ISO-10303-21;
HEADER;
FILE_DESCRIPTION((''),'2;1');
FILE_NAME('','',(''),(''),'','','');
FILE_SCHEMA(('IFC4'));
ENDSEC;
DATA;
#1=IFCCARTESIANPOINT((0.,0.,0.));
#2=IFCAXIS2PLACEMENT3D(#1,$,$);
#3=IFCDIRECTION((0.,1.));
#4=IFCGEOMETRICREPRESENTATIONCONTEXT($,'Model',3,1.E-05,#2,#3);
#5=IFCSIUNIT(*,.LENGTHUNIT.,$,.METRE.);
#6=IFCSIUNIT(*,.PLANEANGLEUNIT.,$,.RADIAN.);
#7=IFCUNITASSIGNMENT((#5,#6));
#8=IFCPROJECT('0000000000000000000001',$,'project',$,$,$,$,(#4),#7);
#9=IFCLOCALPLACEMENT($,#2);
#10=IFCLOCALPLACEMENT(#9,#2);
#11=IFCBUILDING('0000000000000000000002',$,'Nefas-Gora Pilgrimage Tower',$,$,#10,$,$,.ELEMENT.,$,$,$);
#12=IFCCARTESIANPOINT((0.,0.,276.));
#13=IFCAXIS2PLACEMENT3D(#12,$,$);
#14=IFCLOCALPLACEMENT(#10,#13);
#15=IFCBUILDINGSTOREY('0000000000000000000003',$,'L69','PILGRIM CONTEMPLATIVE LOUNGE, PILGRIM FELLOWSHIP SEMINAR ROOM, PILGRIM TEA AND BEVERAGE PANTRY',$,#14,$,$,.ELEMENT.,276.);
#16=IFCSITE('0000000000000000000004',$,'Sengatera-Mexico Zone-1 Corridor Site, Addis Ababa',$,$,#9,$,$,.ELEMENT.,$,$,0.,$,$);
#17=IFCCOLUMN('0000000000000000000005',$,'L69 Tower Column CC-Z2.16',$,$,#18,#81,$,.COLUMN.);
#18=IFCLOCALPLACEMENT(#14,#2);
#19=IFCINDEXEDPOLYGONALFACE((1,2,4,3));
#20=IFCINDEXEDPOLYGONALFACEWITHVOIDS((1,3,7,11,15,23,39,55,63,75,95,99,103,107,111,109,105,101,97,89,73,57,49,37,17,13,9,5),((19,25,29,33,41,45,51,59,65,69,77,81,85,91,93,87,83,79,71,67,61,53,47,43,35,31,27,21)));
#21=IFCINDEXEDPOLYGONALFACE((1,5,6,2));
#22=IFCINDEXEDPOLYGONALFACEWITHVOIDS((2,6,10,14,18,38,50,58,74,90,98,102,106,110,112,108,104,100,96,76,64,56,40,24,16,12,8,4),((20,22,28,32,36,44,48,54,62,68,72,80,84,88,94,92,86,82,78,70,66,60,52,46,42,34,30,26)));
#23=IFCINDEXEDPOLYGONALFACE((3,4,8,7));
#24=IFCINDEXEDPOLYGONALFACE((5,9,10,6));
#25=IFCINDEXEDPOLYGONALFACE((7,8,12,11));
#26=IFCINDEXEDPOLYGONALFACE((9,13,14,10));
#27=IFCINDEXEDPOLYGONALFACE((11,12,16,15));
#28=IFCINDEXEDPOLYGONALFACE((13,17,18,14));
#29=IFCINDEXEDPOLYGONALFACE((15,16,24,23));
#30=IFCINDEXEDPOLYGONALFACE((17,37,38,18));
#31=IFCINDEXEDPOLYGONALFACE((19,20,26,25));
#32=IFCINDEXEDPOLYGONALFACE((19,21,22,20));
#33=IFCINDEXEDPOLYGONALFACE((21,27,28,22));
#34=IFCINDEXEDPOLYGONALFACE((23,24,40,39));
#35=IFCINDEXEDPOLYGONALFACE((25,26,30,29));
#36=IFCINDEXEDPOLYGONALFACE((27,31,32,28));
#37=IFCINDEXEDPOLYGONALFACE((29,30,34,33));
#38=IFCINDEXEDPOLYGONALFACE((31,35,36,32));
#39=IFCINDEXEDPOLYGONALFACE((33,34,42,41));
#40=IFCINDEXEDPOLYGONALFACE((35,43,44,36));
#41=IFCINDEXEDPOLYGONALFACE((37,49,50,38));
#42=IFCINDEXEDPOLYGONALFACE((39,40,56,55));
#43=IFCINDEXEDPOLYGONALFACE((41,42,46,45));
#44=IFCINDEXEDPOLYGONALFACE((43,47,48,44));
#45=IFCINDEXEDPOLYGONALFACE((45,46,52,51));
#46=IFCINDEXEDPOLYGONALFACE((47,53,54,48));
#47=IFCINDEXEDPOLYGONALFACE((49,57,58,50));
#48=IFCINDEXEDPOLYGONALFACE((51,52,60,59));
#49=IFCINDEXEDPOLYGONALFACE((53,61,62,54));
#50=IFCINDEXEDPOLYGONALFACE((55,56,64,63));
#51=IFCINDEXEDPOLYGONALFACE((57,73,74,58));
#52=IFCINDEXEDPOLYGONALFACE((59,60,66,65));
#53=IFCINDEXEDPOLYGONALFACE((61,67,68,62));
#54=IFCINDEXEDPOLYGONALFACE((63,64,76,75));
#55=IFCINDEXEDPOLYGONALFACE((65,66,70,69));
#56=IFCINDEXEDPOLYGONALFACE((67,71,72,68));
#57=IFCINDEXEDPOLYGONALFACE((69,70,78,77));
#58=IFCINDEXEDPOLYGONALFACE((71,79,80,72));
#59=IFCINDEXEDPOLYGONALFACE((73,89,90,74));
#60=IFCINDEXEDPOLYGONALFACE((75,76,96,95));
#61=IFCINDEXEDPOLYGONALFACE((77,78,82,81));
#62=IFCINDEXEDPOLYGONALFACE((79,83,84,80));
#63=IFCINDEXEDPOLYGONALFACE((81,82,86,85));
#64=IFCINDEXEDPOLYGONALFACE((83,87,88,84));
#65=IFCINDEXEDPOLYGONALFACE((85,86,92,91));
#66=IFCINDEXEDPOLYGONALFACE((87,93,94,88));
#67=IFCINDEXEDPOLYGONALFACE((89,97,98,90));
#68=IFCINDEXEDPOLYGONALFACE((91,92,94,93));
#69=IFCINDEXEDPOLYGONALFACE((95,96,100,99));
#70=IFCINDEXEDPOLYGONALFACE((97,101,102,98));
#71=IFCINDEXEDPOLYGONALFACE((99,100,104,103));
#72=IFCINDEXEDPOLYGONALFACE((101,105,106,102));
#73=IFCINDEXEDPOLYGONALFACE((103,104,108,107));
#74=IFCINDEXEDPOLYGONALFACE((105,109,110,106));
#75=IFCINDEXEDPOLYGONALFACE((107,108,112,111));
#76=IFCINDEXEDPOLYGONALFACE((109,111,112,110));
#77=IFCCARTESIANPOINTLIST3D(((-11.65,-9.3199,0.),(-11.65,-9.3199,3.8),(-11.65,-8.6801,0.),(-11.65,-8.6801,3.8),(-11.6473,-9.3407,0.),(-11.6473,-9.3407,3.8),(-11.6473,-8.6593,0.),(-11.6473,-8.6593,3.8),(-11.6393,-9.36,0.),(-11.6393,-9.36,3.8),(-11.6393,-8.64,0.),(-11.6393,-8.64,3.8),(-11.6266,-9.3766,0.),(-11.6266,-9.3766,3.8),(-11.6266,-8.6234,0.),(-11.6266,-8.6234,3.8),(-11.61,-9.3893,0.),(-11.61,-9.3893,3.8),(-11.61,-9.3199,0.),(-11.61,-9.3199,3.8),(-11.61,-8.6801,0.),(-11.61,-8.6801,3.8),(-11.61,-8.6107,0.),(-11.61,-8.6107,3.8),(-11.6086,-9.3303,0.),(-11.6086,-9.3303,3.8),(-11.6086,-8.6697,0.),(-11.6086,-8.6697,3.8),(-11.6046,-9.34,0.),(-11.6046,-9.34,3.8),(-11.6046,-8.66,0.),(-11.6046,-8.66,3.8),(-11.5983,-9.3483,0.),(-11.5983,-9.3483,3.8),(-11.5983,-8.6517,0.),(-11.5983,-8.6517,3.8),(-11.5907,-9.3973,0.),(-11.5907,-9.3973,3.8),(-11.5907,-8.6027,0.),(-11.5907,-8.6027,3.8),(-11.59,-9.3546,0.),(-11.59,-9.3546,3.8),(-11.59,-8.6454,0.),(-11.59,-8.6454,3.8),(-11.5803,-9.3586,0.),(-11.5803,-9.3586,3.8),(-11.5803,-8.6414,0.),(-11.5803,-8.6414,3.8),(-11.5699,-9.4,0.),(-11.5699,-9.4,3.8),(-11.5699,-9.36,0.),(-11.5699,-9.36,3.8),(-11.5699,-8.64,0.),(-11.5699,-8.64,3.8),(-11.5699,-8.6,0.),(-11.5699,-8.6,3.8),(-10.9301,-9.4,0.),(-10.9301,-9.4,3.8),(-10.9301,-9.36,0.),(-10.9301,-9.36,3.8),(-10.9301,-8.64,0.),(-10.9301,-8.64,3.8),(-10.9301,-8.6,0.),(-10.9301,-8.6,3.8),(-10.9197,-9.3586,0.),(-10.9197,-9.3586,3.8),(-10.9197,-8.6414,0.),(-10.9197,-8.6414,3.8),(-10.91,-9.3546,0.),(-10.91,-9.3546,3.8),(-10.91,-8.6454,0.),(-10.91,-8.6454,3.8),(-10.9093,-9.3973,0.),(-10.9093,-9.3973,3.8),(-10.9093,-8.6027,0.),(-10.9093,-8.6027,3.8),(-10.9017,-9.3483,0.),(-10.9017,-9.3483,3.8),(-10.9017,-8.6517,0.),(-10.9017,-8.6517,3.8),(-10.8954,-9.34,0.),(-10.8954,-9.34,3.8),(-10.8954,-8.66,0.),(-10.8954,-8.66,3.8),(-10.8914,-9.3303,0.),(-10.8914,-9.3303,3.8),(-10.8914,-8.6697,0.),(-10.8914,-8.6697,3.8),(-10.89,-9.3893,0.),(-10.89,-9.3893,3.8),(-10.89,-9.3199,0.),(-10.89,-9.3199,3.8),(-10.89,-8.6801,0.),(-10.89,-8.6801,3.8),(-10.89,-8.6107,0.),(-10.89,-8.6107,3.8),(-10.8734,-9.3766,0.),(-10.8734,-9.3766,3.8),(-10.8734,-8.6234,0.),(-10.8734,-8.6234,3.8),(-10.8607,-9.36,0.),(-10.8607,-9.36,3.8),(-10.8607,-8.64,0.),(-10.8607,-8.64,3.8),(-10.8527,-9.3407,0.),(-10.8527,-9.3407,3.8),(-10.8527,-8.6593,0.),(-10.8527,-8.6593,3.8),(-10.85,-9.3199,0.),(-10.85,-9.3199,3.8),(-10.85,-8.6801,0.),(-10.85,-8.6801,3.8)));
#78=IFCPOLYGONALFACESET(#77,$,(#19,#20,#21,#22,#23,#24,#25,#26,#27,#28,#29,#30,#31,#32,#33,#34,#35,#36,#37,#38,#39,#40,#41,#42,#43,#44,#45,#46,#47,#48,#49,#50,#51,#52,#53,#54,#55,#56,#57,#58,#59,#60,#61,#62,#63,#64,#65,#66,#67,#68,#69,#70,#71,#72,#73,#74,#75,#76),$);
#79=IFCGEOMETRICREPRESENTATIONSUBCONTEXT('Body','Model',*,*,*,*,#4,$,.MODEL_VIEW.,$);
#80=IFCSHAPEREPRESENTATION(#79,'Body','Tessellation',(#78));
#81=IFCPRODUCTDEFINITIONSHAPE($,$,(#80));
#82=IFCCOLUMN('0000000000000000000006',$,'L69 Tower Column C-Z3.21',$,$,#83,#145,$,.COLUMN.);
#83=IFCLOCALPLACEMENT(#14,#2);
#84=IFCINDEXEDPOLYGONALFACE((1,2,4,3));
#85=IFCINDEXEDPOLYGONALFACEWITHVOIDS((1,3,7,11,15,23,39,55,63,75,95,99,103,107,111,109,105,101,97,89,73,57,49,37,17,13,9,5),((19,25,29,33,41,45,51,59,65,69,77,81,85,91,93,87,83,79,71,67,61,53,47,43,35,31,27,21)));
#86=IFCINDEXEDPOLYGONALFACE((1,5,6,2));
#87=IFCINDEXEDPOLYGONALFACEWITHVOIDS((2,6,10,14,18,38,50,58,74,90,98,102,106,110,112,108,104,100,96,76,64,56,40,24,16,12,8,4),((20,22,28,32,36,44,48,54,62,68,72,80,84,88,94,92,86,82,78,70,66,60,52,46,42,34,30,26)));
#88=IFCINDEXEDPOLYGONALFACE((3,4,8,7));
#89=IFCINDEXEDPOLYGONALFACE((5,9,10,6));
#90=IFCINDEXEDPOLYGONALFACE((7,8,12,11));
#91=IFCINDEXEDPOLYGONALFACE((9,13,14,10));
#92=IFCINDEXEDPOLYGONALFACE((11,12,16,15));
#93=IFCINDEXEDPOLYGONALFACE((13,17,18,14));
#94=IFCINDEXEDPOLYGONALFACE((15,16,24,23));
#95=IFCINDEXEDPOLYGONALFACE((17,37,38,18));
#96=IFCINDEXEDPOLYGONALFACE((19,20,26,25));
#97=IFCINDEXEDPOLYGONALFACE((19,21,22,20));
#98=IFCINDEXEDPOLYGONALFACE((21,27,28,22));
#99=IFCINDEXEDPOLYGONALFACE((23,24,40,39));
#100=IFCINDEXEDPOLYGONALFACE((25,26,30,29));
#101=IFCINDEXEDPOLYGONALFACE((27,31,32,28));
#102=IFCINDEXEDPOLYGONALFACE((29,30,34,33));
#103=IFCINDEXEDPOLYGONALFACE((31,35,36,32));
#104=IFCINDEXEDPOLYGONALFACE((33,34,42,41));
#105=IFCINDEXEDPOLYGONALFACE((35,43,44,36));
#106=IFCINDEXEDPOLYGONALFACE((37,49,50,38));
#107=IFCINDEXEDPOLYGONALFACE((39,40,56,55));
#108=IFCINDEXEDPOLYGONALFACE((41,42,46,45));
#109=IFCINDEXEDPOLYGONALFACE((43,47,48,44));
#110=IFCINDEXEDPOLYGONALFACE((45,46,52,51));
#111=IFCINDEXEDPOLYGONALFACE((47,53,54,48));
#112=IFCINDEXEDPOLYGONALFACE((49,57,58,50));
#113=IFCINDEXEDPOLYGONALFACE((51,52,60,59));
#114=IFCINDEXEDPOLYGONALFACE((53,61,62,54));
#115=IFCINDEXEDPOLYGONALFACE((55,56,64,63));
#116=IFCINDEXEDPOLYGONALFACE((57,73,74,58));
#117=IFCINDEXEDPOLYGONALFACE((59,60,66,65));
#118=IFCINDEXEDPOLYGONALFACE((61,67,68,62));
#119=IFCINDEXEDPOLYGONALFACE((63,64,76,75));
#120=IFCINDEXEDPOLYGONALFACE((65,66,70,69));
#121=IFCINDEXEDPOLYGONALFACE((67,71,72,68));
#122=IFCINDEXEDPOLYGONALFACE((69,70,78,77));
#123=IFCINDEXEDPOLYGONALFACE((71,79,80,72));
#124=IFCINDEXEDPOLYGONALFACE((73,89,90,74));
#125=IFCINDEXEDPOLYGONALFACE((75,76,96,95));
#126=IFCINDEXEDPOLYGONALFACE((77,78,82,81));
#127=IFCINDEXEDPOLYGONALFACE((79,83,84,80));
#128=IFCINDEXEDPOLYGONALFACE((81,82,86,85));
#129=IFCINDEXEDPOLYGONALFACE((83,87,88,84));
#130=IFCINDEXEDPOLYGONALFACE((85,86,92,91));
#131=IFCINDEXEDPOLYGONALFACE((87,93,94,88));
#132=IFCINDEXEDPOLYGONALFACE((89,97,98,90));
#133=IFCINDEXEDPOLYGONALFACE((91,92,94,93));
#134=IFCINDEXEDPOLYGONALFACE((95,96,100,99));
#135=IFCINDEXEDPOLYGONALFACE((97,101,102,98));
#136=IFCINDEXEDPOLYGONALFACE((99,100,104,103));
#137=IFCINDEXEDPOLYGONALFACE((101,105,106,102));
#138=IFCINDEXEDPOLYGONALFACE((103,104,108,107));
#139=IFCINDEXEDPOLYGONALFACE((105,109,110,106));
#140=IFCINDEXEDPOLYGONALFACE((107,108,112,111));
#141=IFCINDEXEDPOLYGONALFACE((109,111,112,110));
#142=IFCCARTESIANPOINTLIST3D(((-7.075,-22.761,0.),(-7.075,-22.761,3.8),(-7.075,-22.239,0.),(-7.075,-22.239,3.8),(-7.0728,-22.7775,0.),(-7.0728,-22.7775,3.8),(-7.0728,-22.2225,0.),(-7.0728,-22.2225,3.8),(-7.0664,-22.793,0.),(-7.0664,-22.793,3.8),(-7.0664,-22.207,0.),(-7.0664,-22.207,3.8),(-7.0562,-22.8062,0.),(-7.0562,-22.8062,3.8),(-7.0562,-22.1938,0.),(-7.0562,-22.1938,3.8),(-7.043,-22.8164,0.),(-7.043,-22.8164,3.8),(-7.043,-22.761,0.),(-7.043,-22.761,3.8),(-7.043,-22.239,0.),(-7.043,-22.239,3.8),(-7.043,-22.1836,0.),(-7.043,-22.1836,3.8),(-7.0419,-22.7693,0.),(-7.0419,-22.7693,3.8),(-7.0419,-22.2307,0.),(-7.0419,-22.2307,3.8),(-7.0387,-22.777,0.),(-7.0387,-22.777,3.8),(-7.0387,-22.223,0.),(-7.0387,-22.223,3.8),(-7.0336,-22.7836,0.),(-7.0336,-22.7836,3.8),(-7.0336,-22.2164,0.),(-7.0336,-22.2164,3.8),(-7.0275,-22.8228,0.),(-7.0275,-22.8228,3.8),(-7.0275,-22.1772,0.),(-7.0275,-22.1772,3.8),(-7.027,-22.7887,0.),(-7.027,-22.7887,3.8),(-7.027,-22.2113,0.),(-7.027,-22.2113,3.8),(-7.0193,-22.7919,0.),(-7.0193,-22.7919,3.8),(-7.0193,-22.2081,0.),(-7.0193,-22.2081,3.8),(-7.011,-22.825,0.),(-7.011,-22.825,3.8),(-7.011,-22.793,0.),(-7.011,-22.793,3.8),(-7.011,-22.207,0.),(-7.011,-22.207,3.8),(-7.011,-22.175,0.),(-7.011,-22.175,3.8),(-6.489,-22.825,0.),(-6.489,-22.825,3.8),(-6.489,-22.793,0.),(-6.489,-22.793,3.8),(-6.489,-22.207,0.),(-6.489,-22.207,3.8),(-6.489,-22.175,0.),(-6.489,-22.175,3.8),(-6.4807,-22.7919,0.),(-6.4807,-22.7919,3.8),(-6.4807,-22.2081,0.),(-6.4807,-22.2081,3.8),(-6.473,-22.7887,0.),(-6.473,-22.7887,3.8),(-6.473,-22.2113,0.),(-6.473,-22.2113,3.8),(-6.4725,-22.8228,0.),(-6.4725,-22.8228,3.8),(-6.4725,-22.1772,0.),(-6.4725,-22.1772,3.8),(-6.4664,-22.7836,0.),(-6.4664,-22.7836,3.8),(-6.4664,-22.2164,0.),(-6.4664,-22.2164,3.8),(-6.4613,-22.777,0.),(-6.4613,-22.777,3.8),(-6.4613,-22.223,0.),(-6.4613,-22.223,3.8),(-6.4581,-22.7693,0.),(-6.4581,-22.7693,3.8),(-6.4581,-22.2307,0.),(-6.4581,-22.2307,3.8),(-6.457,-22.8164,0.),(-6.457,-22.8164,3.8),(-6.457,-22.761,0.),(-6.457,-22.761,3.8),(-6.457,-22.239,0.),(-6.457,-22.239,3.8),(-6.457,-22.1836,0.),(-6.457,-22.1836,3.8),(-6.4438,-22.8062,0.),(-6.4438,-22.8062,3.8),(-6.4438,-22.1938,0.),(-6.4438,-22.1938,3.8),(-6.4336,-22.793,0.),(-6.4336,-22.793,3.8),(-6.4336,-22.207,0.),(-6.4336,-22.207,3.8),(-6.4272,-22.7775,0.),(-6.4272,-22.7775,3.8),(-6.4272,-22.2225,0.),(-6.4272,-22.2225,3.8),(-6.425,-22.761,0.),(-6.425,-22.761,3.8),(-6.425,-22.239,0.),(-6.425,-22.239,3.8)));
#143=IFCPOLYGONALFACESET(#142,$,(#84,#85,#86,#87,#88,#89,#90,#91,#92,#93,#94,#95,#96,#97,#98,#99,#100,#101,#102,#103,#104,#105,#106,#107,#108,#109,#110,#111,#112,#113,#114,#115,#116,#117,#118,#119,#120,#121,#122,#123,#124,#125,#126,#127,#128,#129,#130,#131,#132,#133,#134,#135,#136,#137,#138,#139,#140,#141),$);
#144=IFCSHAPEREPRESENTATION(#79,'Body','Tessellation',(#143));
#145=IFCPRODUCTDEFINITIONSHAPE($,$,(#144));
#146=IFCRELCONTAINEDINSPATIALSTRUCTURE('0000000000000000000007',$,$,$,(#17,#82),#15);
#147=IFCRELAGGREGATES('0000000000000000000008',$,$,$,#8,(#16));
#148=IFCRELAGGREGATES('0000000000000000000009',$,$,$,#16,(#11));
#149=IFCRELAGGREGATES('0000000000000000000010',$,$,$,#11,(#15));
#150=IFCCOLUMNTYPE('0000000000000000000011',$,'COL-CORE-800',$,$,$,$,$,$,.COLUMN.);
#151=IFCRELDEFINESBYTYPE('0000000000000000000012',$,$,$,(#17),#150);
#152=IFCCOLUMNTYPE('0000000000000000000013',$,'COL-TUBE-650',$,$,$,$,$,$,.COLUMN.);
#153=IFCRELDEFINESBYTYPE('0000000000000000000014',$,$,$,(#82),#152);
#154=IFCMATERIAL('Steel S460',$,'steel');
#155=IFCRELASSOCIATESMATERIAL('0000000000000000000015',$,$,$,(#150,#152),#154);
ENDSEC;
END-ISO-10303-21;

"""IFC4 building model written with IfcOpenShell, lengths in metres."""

from ifc_helpers import new_model, si_unit, direction, frame, origin, origin_2d, place, context, subcontext, project, spatial, hollow_rectangle, extrude, source, transform, mapped, material, material_profile, profile_set, type_object, element, save


model = new_model("IFC4")

# Units and contexts
model_context = context("Model", 3, precision=1e-05, world=origin(), true_north=direction((0.0, 1.0)))
body_context = subcontext(model_context, "Body", "Model", "MODEL_VIEW")
ifc_project = project(units=[si_unit("LENGTHUNIT", "METRE"), si_unit("PLANEANGLEUNIT", "RADIAN")], contexts=[model_context])

# Site, building, storey
site_placement = place(None, origin())
site = spatial("IfcSite", under=ifc_project, at=site_placement, Name="Sengatera-Mexico Zone-1 Corridor Site, Addis Ababa", CompositionType="ELEMENT", RefElevation=0.0)
building_placement = place(site_placement, origin())
building = spatial("IfcBuilding", under=site, at=building_placement, Name="Nefas-Gora Pilgrimage Tower", CompositionType="ELEMENT")
storey_placement = place(building_placement, frame((0.0, 0.0, 276.0)))
storey = spatial("IfcBuildingStorey", under=building, at=storey_placement, Name="L69", Description="PILGRIM CONTEMPLATIVE LOUNGE, PILGRIM FELLOWSHIP SEMINAR ROOM, PILGRIM TEA AND BEVERAGE PANTRY", CompositionType="ELEMENT", Elevation=276.0)

# Columns
ifc_material_1 = material(Name="Steel S460", Category="steel")
ifc_material_profile_1 = material_profile(ifc_material_1, hollow_rectangle(XDim=0.8, YDim=0.8, WallThickness=0.04, InnerFilletRadius=0.04, OuterFilletRadius=0.0801, at=origin_2d()), Name="BOX 800x800x40")
ifc_profile_set_1 = profile_set([ifc_material_profile_1], Name="Steel S460")
column_type_1 = type_object("IfcColumnType", Name="COL-CORE-800", PredefinedType="COLUMN", material=ifc_profile_set_1)
shared_shape_1 = source(origin(), body_context, "Body", "SweptSolid", [
    extrude(hollow_rectangle(XDim=0.8, YDim=0.8, WallThickness=0.04, InnerFilletRadius=0.04, OuterFilletRadius=0.0801, at=origin_2d()), origin(), (0.0, 0.0, 1.0), 3.8),
])
column_placement = place(storey_placement, frame((-11.25, -9.0, 0.0), z_axis=(0.0, 0.0, 1.0), x_axis=(1.0, 0.0, 0.0)))
element("IfcColumn", 1, at=column_placement, inside=storey, type_object=column_type_1, Name="L69 Tower Column CC-Z2.16", PredefinedType="COLUMN", context=body_context, shape_type="MappedRepresentation", body=[
    mapped(shared_shape_1, transform((0.0, 0.0, 0.0), x_axis=(1.0, 0.0, 0.0), y_axis=(0.0, 1.0, 0.0), z_axis=(0.0, 0.0, 1.0), scale=1.0)),
])
ifc_material_profile_2 = material_profile(ifc_material_1, hollow_rectangle(XDim=0.6499, YDim=0.6499, WallThickness=0.032, InnerFilletRadius=0.032, OuterFilletRadius=0.064, at=origin_2d()), Name="BOX 650x650x32")
ifc_profile_set_2 = profile_set([ifc_material_profile_2], Name="Steel S460")
column_type_2 = type_object("IfcColumnType", Name="COL-TUBE-650", PredefinedType="COLUMN", material=ifc_profile_set_2)
shared_shape_2 = source(origin(), body_context, "Body", "SweptSolid", [
    extrude(hollow_rectangle(XDim=0.6499, YDim=0.6499, WallThickness=0.032, InnerFilletRadius=0.032, OuterFilletRadius=0.064, at=origin_2d()), origin(), (0.0, 0.0, 1.0), 3.8),
])
for number, where, z_axis, x_axis, name in (
    (2, (-6.75, -22.5, 0.0), (0.0, 0.0, 1.0), (1.0, 0.0, 0.0), "L69 Tower Column C-Z3.21"),
):
    element("IfcColumn", number, at=place(storey_placement, frame(where, z_axis=z_axis, x_axis=x_axis)), inside=storey, type_object=column_type_2, Name=name, PredefinedType="COLUMN", context=body_context, shape_type="MappedRepresentation", body=[
        mapped(shared_shape_2, transform((0.0, 0.0, 0.0), x_axis=(1.0, 0.0, 0.0), y_axis=(0.0, 1.0, 0.0), z_axis=(0.0, 0.0, 1.0), scale=1.0)),
    ])

save(model, "model.ifc")
